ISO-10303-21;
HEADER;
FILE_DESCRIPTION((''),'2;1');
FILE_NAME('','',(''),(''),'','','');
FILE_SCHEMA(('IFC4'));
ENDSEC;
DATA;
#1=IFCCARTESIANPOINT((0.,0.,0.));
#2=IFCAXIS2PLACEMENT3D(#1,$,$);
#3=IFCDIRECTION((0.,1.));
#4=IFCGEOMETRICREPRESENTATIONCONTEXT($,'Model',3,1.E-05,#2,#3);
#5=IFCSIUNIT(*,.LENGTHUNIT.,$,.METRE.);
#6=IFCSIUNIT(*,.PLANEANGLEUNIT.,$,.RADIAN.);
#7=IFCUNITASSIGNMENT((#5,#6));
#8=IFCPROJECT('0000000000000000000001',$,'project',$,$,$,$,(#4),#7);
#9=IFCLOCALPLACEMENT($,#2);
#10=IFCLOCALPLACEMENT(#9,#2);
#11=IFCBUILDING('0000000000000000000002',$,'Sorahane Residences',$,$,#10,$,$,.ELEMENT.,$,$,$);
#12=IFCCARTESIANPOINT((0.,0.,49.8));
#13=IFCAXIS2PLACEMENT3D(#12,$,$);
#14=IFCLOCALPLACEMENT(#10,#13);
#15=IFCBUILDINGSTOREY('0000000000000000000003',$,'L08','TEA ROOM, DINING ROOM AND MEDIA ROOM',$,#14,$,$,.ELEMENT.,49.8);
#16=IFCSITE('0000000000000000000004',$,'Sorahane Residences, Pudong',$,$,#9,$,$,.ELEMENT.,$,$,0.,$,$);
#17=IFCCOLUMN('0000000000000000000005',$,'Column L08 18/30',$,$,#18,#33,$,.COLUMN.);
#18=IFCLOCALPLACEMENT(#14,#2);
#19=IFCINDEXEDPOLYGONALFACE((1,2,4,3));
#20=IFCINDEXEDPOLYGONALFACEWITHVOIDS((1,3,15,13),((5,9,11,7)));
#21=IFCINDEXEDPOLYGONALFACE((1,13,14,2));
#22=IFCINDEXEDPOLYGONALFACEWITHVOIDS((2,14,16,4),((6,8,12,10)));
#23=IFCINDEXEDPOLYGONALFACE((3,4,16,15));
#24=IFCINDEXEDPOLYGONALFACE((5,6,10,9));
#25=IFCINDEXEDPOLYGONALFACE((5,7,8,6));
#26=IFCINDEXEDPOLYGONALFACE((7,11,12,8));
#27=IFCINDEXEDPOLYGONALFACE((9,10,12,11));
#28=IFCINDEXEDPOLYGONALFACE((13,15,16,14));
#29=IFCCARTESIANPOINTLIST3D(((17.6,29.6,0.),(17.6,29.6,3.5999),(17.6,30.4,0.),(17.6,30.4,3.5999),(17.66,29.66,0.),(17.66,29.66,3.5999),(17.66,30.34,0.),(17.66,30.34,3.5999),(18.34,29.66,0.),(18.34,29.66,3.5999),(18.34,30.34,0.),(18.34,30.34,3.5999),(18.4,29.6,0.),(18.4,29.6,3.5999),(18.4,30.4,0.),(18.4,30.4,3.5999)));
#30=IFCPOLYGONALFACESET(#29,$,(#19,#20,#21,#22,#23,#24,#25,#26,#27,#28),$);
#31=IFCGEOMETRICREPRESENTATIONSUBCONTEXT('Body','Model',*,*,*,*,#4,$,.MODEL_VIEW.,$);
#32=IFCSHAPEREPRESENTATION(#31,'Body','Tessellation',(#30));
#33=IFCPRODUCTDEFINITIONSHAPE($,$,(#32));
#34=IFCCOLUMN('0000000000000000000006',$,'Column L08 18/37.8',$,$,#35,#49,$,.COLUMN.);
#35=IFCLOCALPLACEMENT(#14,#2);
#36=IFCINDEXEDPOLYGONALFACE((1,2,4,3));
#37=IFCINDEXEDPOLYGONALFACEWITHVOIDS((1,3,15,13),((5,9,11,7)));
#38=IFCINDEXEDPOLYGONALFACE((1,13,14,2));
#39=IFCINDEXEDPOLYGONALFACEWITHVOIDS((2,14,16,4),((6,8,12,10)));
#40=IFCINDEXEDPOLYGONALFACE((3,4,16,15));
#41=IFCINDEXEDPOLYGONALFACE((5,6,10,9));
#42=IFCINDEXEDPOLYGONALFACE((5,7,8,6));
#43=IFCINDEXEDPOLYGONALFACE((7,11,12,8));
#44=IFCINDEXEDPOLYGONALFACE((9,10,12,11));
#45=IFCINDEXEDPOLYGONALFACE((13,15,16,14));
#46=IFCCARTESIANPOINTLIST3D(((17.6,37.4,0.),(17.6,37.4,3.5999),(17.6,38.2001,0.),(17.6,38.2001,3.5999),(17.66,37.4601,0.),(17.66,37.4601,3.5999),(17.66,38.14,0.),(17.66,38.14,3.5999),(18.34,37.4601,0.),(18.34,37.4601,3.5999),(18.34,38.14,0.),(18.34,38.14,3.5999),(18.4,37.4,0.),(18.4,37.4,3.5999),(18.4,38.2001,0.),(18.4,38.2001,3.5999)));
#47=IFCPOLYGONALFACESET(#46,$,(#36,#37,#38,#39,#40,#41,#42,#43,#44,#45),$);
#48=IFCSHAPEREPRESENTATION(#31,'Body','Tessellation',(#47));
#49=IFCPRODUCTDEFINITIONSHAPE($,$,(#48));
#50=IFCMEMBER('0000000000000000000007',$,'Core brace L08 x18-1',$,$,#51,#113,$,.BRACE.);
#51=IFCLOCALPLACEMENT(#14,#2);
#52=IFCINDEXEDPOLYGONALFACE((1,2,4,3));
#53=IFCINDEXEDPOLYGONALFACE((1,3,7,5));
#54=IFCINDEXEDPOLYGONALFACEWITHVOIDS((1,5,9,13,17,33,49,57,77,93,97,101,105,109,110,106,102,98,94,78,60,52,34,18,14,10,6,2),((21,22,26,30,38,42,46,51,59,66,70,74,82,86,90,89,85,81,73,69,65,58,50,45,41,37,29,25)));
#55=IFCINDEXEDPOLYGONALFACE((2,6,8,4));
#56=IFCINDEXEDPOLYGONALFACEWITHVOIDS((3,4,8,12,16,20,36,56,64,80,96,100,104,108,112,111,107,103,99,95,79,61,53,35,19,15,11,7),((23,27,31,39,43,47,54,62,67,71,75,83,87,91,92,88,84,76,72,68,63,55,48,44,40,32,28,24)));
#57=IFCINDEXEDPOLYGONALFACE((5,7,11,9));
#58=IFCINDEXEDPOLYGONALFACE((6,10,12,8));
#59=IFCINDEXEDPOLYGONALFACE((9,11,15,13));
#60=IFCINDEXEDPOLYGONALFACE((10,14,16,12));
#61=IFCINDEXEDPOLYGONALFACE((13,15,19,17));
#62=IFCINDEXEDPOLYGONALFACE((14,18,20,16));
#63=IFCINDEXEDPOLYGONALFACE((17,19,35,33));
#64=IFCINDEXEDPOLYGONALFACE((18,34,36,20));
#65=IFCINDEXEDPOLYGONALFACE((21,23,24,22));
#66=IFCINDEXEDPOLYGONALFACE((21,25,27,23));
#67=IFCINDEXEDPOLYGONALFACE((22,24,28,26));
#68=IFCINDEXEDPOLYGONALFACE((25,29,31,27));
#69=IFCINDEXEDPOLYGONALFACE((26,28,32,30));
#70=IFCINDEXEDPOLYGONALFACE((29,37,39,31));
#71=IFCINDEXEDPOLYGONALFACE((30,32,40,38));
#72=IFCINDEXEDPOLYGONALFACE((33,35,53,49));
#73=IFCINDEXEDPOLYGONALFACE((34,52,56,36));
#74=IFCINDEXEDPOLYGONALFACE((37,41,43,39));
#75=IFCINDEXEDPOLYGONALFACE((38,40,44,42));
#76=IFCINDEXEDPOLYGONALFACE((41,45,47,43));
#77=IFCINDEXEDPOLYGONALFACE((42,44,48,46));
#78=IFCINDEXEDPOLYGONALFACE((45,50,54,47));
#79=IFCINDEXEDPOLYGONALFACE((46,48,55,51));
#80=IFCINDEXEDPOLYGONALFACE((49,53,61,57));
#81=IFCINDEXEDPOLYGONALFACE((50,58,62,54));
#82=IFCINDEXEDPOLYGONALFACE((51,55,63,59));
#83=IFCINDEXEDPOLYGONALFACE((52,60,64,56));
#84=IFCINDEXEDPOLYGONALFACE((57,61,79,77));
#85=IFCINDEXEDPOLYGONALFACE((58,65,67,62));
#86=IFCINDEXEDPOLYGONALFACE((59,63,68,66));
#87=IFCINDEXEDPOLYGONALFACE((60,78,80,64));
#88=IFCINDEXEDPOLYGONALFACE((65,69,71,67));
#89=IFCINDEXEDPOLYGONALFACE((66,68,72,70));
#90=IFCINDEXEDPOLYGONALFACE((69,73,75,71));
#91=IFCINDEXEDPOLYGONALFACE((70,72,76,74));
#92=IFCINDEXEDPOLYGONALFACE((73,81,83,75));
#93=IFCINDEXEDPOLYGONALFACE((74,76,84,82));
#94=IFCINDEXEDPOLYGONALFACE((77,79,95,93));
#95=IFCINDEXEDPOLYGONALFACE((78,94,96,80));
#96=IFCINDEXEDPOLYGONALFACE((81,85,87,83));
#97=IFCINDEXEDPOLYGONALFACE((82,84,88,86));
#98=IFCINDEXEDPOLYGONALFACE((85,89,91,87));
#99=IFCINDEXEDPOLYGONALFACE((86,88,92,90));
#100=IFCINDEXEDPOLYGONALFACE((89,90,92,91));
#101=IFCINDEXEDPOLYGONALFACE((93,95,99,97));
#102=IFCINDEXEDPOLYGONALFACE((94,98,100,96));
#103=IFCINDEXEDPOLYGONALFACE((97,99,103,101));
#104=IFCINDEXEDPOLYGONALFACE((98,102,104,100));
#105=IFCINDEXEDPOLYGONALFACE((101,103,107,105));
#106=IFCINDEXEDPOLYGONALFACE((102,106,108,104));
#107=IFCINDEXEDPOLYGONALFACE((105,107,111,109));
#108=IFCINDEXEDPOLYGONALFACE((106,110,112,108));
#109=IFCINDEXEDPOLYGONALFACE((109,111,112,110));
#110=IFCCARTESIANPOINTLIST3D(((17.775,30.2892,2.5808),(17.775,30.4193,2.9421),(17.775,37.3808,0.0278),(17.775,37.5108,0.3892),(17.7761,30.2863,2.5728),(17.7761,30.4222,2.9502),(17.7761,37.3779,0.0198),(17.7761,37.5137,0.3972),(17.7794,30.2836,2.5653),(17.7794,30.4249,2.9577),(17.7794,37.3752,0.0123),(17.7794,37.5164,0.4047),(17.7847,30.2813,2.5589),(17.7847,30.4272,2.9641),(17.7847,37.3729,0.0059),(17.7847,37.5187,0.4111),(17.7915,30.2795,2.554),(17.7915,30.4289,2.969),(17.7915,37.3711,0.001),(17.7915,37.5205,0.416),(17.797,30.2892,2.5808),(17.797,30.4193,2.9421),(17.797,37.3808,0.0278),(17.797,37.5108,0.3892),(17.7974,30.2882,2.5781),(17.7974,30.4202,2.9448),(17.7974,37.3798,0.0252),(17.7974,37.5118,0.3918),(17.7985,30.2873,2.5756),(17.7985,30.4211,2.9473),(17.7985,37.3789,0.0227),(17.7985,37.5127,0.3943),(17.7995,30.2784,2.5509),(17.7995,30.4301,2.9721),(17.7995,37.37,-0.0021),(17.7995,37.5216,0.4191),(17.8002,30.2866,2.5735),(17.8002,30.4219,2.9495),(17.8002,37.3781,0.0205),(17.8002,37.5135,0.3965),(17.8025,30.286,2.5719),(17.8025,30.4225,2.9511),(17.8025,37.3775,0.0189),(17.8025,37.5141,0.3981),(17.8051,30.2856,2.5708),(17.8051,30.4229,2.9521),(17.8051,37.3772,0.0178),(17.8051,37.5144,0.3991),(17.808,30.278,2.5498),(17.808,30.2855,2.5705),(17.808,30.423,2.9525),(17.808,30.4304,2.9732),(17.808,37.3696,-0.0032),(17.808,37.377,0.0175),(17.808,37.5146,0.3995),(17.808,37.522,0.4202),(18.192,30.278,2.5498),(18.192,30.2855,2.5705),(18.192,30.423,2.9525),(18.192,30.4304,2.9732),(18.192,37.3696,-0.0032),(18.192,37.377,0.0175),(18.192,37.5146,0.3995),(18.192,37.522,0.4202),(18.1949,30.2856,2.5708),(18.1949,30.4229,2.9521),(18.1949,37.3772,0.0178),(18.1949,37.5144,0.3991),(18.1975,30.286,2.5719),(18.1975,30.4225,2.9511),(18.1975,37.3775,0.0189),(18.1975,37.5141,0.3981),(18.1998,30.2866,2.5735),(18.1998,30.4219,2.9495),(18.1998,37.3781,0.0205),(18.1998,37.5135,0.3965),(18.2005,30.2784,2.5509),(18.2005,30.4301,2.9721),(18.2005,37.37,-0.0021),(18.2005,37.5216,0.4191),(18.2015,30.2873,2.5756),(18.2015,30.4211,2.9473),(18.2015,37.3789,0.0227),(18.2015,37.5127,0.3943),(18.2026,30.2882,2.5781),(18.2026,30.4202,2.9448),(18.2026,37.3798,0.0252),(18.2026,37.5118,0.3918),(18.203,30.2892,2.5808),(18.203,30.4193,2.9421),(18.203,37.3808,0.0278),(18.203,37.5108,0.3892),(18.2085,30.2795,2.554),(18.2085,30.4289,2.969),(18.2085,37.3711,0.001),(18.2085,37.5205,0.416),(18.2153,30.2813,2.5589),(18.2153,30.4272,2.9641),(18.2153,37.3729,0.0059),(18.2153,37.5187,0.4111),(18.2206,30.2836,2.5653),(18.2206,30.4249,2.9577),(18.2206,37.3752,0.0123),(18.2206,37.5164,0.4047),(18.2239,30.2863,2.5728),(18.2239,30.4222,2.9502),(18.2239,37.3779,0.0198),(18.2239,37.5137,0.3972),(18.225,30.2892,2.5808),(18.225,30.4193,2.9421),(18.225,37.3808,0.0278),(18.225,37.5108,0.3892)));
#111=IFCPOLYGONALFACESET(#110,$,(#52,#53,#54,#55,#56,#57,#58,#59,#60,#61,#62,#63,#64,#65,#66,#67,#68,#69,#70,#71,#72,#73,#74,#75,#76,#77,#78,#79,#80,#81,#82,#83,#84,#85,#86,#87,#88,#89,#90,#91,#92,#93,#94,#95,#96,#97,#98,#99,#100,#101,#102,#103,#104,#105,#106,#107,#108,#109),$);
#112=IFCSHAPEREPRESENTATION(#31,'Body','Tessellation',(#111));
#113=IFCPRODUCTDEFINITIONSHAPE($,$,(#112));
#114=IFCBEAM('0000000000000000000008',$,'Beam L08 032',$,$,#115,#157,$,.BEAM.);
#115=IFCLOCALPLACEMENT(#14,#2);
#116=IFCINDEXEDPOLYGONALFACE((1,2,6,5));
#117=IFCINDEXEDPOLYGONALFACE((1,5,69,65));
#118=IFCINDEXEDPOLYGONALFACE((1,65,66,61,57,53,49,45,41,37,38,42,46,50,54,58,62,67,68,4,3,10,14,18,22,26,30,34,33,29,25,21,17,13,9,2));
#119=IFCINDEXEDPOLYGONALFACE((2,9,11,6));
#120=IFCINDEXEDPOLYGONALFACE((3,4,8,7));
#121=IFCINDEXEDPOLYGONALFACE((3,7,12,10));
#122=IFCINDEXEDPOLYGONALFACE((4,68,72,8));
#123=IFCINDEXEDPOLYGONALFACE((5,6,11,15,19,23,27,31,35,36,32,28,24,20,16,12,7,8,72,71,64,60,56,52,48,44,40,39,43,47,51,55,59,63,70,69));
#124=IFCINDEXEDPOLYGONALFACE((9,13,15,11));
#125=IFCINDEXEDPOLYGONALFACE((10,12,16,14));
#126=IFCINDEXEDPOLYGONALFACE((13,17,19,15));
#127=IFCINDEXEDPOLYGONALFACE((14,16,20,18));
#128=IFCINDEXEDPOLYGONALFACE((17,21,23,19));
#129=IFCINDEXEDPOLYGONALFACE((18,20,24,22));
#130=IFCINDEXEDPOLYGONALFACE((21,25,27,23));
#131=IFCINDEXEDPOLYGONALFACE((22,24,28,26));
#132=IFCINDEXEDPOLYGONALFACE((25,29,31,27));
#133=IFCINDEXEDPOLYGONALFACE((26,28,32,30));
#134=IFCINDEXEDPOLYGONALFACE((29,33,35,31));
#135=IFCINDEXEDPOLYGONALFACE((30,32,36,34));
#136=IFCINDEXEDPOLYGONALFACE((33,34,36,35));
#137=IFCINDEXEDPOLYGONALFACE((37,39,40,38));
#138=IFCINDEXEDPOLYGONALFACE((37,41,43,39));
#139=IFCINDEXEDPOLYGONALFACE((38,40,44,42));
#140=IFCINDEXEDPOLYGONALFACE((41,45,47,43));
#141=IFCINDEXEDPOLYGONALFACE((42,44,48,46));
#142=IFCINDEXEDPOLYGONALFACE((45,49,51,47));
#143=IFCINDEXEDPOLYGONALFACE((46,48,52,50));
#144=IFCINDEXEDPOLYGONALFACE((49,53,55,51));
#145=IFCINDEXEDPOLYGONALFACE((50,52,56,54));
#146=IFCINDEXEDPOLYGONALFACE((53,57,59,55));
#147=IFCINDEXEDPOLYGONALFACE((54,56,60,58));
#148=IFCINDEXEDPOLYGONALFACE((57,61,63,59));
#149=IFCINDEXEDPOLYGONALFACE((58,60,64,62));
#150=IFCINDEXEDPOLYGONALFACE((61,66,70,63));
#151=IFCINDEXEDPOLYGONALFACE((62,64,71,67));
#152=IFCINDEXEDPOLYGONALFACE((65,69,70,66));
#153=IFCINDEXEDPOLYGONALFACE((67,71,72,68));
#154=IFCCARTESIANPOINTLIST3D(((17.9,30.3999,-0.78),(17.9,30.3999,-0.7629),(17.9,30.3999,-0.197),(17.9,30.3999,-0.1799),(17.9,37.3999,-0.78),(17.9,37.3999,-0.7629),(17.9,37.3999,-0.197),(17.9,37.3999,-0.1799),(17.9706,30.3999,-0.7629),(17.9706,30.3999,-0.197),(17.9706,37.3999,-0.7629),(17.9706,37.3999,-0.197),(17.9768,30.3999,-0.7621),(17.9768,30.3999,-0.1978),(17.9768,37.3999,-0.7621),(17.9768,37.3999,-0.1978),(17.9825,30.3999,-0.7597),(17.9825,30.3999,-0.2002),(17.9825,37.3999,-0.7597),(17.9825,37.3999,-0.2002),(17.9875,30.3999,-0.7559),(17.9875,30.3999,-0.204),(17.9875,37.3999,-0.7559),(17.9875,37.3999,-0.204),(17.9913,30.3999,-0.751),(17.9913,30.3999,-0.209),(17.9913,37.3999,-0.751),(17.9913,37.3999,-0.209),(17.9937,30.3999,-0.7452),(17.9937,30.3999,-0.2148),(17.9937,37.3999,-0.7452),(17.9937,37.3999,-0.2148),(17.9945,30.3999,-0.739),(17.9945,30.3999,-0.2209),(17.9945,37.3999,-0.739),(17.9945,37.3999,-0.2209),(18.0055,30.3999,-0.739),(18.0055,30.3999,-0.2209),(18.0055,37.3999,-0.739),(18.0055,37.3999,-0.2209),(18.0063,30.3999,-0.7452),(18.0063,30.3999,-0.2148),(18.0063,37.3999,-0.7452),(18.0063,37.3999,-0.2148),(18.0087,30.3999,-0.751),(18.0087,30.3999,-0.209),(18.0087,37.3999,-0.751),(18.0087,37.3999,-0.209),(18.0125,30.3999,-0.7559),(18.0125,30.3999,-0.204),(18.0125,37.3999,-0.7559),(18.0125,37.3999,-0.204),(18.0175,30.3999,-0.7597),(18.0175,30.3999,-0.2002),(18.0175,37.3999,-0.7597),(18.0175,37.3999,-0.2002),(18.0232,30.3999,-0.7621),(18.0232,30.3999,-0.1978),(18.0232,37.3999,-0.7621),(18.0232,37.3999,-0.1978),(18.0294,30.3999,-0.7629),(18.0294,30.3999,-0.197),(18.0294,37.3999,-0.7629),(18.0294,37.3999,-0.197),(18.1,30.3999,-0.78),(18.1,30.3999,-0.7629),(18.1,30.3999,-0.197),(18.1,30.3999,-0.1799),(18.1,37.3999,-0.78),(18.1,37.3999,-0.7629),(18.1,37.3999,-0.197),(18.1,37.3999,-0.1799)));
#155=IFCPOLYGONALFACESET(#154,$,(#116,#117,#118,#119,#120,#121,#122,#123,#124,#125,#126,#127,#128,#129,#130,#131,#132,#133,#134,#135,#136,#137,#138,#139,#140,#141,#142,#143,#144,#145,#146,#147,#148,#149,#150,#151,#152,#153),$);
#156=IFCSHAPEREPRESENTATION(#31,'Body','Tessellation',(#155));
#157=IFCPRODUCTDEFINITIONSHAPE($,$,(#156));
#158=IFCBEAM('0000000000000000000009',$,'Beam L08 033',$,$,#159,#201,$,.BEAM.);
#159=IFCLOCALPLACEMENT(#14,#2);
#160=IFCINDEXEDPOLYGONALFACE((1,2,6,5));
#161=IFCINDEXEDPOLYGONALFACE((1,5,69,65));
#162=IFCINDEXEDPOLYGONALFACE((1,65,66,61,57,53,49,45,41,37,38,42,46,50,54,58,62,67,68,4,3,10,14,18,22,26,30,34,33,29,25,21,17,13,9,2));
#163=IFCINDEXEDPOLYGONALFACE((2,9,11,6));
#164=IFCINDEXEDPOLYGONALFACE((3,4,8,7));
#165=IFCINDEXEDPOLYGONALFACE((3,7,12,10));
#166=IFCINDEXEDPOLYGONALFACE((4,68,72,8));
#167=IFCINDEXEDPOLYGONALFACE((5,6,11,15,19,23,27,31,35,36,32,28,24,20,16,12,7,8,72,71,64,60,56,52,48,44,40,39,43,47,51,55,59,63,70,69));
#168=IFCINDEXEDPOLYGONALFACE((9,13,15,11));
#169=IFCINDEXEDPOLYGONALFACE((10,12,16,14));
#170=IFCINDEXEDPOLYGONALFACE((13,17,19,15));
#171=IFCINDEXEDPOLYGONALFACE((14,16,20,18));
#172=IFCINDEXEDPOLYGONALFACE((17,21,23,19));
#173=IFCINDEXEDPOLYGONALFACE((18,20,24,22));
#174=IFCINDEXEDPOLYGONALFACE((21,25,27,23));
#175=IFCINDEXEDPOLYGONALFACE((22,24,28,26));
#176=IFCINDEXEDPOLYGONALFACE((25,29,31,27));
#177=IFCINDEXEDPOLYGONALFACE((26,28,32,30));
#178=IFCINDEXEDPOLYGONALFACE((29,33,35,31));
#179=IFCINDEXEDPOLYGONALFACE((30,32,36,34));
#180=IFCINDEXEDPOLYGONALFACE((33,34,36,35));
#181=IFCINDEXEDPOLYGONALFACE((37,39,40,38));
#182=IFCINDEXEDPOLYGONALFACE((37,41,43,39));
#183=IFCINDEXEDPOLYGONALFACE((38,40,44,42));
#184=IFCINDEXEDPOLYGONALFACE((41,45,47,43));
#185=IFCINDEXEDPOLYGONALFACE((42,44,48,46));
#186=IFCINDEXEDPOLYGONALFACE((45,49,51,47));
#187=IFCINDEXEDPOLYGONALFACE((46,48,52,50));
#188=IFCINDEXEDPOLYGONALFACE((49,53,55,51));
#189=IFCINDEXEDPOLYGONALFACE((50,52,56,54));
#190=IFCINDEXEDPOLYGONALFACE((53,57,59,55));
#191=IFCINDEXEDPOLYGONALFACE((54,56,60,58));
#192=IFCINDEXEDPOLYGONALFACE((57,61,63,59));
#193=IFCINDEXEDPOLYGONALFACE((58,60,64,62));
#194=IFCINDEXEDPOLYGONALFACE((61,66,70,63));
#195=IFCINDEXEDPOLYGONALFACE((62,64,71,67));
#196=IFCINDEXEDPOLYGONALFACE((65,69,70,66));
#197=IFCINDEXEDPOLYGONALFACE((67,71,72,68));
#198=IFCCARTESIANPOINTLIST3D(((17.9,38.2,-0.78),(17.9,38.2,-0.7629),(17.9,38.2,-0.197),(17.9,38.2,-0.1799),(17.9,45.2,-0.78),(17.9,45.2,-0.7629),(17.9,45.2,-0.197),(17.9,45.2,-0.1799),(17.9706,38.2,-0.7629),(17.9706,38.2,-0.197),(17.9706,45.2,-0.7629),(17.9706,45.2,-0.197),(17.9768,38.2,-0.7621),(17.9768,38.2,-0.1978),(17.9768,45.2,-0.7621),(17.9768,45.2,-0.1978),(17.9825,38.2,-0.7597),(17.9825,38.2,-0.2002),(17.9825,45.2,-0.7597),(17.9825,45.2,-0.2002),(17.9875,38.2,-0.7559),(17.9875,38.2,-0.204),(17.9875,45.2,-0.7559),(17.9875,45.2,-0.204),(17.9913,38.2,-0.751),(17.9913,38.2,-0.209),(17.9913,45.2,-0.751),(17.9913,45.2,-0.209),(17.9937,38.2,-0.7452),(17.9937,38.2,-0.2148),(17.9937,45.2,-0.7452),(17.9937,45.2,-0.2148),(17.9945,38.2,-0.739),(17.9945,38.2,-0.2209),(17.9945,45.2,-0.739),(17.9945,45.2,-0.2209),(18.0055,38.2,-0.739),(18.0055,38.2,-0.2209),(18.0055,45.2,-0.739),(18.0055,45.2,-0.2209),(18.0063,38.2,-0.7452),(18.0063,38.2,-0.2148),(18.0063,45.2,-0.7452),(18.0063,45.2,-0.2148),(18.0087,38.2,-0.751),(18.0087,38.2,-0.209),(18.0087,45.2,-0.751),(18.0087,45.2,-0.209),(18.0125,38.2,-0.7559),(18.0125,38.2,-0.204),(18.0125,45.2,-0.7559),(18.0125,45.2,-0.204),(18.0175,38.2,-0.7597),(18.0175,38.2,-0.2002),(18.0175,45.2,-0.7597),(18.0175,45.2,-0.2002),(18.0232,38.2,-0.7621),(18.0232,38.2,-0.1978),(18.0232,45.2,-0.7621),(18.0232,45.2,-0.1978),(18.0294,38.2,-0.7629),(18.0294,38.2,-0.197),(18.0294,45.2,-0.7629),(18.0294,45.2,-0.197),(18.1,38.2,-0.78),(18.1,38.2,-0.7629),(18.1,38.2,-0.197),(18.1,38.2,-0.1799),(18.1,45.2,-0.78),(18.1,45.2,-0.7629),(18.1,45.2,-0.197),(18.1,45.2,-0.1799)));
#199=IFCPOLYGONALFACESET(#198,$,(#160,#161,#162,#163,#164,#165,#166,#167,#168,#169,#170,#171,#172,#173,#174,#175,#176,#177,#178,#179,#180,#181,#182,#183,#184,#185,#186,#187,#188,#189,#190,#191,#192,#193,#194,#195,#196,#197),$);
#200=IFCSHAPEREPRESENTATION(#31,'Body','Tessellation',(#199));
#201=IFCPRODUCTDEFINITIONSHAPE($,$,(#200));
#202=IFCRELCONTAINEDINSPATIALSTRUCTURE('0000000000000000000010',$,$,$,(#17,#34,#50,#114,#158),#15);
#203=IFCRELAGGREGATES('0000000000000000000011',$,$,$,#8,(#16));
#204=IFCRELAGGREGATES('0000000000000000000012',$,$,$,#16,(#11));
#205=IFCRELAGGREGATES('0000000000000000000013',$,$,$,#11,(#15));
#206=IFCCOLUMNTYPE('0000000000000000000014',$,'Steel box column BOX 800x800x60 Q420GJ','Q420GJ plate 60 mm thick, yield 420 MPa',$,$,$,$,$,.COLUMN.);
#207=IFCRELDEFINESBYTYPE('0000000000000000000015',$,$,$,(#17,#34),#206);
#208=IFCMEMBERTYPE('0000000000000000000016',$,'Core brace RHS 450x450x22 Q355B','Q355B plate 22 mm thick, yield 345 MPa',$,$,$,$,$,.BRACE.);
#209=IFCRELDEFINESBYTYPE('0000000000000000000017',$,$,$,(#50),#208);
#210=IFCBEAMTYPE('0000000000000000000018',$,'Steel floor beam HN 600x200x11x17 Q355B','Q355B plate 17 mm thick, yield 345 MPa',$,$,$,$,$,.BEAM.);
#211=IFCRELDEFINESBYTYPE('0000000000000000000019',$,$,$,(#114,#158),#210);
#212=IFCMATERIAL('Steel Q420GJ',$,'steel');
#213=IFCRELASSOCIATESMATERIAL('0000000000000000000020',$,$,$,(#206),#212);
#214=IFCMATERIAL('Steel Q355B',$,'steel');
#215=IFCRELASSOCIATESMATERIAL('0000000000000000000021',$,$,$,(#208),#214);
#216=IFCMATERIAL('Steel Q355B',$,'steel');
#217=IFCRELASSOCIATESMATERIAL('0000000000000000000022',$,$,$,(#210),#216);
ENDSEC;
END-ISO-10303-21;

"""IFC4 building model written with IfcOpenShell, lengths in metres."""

from ifc_helpers import new_model, si_unit, direction, frame, origin, origin_2d, place, context, subcontext, project, spatial, hollow_rectangle, i_section, extrude, material, material_profile, profile_set, type_object, element, save


model = new_model("IFC4")

# Units and contexts
model_context = context("Model", 3, precision=1e-05, world=origin(), true_north=direction((0.0, 1.0)))
body_context = subcontext(model_context, "Body", "Model", "MODEL_VIEW")
ifc_project = project(units=[si_unit("LENGTHUNIT", "METRE"), si_unit("PLANEANGLEUNIT", "RADIAN")], contexts=[model_context])

# Site, building, storey
site_placement = place(None, origin())
site = spatial("IfcSite", under=ifc_project, at=site_placement, Name="Sorahane Residences, Pudong", CompositionType="ELEMENT", RefElevation=0.0)
building_placement = place(site_placement, origin())
building = spatial("IfcBuilding", under=site, at=building_placement, Name="Sorahane Residences", CompositionType="ELEMENT")
storey_placement = place(building_placement, frame((0.0, 0.0, 49.8)))
storey = spatial("IfcBuildingStorey", under=building, at=storey_placement, Name="L08", Description="TEA ROOM, DINING ROOM AND MEDIA ROOM", CompositionType="ELEMENT", Elevation=49.8)

# Columns
ifc_material_1 = material(Name="Steel Q420GJ", Category="steel")
ifc_material_profile_1 = material_profile(ifc_material_1, hollow_rectangle(XDim=0.8, YDim=0.8, WallThickness=0.0601, at=origin_2d()), Name="BOX 800x800x60")
ifc_profile_set_1 = profile_set([ifc_material_profile_1], Name="Steel Q420GJ")
column_type = type_object("IfcColumnType", Name="Steel box column BOX 800x800x60 Q420GJ", Description="Q420GJ plate 60 mm thick, yield 420 MPa", PredefinedType="COLUMN", material=ifc_profile_set_1)
for number, where, z_axis, x_axis, name in (
    (1, (18.0, 30.0, 0.0), (0.0, 0.0, 1.0), (1.0, 0.0, 0.0), "Column L08 18/30"),
    (2, (18.0, 37.8, 0.0), (0.0, 0.0, 1.0), (1.0, 0.0, 0.0), "Column L08 18/37.8"),
):
    element("IfcColumn", number, at=place(storey_placement, frame(where, z_axis=z_axis, x_axis=x_axis)), inside=storey, type_object=column_type, Name=name, PredefinedType="COLUMN", context=body_context, shape_type="SweptSolid", body=[
        extrude(hollow_rectangle(XDim=0.8, YDim=0.8, WallThickness=0.0601, at=origin_2d()), origin(), (0.0, 0.0, 1.0), 3.5999),
    ])

# Member
ifc_material_2 = material(Name="Steel Q355B", Category="steel")
ifc_material_profile_2 = material_profile(ifc_material_2, hollow_rectangle(XDim=0.45, YDim=0.45, WallThickness=0.022, InnerFilletRadius=0.011, OuterFilletRadius=0.033, at=origin_2d()), Name="RHS 450x450x22")
ifc_profile_set_2 = profile_set([ifc_material_profile_2], Name="Steel Q355B")
member_type = type_object("IfcMemberType", Name="Core brace RHS 450x450x22 Q355B", Description="Q355B plate 22 mm thick, yield 345 MPa", PredefinedType="BRACE", material=ifc_profile_set_2)
member_placement = place(storey_placement, frame((18.0, 37.4458, 0.2085), z_axis=(0.0, -0.940887, 0.338722), x_axis=(1.0, 0.0, 0.0)))
element("IfcMember", 3, at=member_placement, inside=storey, type_object=member_type, Name="Core brace L08 x18-1", PredefinedType="BRACE", context=body_context, shape_type="SweptSolid", body=[
    extrude(hollow_rectangle(XDim=0.45, YDim=0.45, WallThickness=0.022, InnerFilletRadius=0.011, OuterFilletRadius=0.033, at=origin_2d()), origin(), (0.0, 0.0, 1.0), 7.5371),
])

# Beams
ifc_material_3 = material(Name="Steel Q355B", Category="steel")
ifc_material_profile_3 = material_profile(ifc_material_3, i_section(OverallWidth=0.2, OverallDepth=0.6001, WebThickness=0.011, FlangeThickness=0.0171, FilletRadius=0.0239, at=origin_2d()), Name="HN 600x200x11x17")
ifc_profile_set_3 = profile_set([ifc_material_profile_3], Name="Steel Q355B")
beam_type = type_object("IfcBeamType", Name="Steel floor beam HN 600x200x11x17 Q355B", Description="Q355B plate 17 mm thick, yield 345 MPa", PredefinedType="BEAM", material=ifc_profile_set_3)
for number, where, z_axis, x_axis, name in (
    (4, (18.0, 30.3999, -0.48), (0.0, 1.0, 0.0), (-1.0, 0.0, 0.0), "Beam L08 032"),
    (5, (18.0, 38.2, -0.48), (0.0, 1.0, 0.0), (-1.0, 0.0, 0.0), "Beam L08 033"),
):
    element("IfcBeam", number, at=place(storey_placement, frame(where, z_axis=z_axis, x_axis=x_axis)), inside=storey, type_object=beam_type, Name=name, PredefinedType="BEAM", context=body_context, shape_type="SweptSolid", body=[
        extrude(i_section(OverallWidth=0.2, OverallDepth=0.6001, WebThickness=0.011, FlangeThickness=0.0171, FilletRadius=0.0239, at=origin_2d()), origin(), (0.0, 0.0, 1.0), 7.0),
    ])

save(model, "model.ifc")
